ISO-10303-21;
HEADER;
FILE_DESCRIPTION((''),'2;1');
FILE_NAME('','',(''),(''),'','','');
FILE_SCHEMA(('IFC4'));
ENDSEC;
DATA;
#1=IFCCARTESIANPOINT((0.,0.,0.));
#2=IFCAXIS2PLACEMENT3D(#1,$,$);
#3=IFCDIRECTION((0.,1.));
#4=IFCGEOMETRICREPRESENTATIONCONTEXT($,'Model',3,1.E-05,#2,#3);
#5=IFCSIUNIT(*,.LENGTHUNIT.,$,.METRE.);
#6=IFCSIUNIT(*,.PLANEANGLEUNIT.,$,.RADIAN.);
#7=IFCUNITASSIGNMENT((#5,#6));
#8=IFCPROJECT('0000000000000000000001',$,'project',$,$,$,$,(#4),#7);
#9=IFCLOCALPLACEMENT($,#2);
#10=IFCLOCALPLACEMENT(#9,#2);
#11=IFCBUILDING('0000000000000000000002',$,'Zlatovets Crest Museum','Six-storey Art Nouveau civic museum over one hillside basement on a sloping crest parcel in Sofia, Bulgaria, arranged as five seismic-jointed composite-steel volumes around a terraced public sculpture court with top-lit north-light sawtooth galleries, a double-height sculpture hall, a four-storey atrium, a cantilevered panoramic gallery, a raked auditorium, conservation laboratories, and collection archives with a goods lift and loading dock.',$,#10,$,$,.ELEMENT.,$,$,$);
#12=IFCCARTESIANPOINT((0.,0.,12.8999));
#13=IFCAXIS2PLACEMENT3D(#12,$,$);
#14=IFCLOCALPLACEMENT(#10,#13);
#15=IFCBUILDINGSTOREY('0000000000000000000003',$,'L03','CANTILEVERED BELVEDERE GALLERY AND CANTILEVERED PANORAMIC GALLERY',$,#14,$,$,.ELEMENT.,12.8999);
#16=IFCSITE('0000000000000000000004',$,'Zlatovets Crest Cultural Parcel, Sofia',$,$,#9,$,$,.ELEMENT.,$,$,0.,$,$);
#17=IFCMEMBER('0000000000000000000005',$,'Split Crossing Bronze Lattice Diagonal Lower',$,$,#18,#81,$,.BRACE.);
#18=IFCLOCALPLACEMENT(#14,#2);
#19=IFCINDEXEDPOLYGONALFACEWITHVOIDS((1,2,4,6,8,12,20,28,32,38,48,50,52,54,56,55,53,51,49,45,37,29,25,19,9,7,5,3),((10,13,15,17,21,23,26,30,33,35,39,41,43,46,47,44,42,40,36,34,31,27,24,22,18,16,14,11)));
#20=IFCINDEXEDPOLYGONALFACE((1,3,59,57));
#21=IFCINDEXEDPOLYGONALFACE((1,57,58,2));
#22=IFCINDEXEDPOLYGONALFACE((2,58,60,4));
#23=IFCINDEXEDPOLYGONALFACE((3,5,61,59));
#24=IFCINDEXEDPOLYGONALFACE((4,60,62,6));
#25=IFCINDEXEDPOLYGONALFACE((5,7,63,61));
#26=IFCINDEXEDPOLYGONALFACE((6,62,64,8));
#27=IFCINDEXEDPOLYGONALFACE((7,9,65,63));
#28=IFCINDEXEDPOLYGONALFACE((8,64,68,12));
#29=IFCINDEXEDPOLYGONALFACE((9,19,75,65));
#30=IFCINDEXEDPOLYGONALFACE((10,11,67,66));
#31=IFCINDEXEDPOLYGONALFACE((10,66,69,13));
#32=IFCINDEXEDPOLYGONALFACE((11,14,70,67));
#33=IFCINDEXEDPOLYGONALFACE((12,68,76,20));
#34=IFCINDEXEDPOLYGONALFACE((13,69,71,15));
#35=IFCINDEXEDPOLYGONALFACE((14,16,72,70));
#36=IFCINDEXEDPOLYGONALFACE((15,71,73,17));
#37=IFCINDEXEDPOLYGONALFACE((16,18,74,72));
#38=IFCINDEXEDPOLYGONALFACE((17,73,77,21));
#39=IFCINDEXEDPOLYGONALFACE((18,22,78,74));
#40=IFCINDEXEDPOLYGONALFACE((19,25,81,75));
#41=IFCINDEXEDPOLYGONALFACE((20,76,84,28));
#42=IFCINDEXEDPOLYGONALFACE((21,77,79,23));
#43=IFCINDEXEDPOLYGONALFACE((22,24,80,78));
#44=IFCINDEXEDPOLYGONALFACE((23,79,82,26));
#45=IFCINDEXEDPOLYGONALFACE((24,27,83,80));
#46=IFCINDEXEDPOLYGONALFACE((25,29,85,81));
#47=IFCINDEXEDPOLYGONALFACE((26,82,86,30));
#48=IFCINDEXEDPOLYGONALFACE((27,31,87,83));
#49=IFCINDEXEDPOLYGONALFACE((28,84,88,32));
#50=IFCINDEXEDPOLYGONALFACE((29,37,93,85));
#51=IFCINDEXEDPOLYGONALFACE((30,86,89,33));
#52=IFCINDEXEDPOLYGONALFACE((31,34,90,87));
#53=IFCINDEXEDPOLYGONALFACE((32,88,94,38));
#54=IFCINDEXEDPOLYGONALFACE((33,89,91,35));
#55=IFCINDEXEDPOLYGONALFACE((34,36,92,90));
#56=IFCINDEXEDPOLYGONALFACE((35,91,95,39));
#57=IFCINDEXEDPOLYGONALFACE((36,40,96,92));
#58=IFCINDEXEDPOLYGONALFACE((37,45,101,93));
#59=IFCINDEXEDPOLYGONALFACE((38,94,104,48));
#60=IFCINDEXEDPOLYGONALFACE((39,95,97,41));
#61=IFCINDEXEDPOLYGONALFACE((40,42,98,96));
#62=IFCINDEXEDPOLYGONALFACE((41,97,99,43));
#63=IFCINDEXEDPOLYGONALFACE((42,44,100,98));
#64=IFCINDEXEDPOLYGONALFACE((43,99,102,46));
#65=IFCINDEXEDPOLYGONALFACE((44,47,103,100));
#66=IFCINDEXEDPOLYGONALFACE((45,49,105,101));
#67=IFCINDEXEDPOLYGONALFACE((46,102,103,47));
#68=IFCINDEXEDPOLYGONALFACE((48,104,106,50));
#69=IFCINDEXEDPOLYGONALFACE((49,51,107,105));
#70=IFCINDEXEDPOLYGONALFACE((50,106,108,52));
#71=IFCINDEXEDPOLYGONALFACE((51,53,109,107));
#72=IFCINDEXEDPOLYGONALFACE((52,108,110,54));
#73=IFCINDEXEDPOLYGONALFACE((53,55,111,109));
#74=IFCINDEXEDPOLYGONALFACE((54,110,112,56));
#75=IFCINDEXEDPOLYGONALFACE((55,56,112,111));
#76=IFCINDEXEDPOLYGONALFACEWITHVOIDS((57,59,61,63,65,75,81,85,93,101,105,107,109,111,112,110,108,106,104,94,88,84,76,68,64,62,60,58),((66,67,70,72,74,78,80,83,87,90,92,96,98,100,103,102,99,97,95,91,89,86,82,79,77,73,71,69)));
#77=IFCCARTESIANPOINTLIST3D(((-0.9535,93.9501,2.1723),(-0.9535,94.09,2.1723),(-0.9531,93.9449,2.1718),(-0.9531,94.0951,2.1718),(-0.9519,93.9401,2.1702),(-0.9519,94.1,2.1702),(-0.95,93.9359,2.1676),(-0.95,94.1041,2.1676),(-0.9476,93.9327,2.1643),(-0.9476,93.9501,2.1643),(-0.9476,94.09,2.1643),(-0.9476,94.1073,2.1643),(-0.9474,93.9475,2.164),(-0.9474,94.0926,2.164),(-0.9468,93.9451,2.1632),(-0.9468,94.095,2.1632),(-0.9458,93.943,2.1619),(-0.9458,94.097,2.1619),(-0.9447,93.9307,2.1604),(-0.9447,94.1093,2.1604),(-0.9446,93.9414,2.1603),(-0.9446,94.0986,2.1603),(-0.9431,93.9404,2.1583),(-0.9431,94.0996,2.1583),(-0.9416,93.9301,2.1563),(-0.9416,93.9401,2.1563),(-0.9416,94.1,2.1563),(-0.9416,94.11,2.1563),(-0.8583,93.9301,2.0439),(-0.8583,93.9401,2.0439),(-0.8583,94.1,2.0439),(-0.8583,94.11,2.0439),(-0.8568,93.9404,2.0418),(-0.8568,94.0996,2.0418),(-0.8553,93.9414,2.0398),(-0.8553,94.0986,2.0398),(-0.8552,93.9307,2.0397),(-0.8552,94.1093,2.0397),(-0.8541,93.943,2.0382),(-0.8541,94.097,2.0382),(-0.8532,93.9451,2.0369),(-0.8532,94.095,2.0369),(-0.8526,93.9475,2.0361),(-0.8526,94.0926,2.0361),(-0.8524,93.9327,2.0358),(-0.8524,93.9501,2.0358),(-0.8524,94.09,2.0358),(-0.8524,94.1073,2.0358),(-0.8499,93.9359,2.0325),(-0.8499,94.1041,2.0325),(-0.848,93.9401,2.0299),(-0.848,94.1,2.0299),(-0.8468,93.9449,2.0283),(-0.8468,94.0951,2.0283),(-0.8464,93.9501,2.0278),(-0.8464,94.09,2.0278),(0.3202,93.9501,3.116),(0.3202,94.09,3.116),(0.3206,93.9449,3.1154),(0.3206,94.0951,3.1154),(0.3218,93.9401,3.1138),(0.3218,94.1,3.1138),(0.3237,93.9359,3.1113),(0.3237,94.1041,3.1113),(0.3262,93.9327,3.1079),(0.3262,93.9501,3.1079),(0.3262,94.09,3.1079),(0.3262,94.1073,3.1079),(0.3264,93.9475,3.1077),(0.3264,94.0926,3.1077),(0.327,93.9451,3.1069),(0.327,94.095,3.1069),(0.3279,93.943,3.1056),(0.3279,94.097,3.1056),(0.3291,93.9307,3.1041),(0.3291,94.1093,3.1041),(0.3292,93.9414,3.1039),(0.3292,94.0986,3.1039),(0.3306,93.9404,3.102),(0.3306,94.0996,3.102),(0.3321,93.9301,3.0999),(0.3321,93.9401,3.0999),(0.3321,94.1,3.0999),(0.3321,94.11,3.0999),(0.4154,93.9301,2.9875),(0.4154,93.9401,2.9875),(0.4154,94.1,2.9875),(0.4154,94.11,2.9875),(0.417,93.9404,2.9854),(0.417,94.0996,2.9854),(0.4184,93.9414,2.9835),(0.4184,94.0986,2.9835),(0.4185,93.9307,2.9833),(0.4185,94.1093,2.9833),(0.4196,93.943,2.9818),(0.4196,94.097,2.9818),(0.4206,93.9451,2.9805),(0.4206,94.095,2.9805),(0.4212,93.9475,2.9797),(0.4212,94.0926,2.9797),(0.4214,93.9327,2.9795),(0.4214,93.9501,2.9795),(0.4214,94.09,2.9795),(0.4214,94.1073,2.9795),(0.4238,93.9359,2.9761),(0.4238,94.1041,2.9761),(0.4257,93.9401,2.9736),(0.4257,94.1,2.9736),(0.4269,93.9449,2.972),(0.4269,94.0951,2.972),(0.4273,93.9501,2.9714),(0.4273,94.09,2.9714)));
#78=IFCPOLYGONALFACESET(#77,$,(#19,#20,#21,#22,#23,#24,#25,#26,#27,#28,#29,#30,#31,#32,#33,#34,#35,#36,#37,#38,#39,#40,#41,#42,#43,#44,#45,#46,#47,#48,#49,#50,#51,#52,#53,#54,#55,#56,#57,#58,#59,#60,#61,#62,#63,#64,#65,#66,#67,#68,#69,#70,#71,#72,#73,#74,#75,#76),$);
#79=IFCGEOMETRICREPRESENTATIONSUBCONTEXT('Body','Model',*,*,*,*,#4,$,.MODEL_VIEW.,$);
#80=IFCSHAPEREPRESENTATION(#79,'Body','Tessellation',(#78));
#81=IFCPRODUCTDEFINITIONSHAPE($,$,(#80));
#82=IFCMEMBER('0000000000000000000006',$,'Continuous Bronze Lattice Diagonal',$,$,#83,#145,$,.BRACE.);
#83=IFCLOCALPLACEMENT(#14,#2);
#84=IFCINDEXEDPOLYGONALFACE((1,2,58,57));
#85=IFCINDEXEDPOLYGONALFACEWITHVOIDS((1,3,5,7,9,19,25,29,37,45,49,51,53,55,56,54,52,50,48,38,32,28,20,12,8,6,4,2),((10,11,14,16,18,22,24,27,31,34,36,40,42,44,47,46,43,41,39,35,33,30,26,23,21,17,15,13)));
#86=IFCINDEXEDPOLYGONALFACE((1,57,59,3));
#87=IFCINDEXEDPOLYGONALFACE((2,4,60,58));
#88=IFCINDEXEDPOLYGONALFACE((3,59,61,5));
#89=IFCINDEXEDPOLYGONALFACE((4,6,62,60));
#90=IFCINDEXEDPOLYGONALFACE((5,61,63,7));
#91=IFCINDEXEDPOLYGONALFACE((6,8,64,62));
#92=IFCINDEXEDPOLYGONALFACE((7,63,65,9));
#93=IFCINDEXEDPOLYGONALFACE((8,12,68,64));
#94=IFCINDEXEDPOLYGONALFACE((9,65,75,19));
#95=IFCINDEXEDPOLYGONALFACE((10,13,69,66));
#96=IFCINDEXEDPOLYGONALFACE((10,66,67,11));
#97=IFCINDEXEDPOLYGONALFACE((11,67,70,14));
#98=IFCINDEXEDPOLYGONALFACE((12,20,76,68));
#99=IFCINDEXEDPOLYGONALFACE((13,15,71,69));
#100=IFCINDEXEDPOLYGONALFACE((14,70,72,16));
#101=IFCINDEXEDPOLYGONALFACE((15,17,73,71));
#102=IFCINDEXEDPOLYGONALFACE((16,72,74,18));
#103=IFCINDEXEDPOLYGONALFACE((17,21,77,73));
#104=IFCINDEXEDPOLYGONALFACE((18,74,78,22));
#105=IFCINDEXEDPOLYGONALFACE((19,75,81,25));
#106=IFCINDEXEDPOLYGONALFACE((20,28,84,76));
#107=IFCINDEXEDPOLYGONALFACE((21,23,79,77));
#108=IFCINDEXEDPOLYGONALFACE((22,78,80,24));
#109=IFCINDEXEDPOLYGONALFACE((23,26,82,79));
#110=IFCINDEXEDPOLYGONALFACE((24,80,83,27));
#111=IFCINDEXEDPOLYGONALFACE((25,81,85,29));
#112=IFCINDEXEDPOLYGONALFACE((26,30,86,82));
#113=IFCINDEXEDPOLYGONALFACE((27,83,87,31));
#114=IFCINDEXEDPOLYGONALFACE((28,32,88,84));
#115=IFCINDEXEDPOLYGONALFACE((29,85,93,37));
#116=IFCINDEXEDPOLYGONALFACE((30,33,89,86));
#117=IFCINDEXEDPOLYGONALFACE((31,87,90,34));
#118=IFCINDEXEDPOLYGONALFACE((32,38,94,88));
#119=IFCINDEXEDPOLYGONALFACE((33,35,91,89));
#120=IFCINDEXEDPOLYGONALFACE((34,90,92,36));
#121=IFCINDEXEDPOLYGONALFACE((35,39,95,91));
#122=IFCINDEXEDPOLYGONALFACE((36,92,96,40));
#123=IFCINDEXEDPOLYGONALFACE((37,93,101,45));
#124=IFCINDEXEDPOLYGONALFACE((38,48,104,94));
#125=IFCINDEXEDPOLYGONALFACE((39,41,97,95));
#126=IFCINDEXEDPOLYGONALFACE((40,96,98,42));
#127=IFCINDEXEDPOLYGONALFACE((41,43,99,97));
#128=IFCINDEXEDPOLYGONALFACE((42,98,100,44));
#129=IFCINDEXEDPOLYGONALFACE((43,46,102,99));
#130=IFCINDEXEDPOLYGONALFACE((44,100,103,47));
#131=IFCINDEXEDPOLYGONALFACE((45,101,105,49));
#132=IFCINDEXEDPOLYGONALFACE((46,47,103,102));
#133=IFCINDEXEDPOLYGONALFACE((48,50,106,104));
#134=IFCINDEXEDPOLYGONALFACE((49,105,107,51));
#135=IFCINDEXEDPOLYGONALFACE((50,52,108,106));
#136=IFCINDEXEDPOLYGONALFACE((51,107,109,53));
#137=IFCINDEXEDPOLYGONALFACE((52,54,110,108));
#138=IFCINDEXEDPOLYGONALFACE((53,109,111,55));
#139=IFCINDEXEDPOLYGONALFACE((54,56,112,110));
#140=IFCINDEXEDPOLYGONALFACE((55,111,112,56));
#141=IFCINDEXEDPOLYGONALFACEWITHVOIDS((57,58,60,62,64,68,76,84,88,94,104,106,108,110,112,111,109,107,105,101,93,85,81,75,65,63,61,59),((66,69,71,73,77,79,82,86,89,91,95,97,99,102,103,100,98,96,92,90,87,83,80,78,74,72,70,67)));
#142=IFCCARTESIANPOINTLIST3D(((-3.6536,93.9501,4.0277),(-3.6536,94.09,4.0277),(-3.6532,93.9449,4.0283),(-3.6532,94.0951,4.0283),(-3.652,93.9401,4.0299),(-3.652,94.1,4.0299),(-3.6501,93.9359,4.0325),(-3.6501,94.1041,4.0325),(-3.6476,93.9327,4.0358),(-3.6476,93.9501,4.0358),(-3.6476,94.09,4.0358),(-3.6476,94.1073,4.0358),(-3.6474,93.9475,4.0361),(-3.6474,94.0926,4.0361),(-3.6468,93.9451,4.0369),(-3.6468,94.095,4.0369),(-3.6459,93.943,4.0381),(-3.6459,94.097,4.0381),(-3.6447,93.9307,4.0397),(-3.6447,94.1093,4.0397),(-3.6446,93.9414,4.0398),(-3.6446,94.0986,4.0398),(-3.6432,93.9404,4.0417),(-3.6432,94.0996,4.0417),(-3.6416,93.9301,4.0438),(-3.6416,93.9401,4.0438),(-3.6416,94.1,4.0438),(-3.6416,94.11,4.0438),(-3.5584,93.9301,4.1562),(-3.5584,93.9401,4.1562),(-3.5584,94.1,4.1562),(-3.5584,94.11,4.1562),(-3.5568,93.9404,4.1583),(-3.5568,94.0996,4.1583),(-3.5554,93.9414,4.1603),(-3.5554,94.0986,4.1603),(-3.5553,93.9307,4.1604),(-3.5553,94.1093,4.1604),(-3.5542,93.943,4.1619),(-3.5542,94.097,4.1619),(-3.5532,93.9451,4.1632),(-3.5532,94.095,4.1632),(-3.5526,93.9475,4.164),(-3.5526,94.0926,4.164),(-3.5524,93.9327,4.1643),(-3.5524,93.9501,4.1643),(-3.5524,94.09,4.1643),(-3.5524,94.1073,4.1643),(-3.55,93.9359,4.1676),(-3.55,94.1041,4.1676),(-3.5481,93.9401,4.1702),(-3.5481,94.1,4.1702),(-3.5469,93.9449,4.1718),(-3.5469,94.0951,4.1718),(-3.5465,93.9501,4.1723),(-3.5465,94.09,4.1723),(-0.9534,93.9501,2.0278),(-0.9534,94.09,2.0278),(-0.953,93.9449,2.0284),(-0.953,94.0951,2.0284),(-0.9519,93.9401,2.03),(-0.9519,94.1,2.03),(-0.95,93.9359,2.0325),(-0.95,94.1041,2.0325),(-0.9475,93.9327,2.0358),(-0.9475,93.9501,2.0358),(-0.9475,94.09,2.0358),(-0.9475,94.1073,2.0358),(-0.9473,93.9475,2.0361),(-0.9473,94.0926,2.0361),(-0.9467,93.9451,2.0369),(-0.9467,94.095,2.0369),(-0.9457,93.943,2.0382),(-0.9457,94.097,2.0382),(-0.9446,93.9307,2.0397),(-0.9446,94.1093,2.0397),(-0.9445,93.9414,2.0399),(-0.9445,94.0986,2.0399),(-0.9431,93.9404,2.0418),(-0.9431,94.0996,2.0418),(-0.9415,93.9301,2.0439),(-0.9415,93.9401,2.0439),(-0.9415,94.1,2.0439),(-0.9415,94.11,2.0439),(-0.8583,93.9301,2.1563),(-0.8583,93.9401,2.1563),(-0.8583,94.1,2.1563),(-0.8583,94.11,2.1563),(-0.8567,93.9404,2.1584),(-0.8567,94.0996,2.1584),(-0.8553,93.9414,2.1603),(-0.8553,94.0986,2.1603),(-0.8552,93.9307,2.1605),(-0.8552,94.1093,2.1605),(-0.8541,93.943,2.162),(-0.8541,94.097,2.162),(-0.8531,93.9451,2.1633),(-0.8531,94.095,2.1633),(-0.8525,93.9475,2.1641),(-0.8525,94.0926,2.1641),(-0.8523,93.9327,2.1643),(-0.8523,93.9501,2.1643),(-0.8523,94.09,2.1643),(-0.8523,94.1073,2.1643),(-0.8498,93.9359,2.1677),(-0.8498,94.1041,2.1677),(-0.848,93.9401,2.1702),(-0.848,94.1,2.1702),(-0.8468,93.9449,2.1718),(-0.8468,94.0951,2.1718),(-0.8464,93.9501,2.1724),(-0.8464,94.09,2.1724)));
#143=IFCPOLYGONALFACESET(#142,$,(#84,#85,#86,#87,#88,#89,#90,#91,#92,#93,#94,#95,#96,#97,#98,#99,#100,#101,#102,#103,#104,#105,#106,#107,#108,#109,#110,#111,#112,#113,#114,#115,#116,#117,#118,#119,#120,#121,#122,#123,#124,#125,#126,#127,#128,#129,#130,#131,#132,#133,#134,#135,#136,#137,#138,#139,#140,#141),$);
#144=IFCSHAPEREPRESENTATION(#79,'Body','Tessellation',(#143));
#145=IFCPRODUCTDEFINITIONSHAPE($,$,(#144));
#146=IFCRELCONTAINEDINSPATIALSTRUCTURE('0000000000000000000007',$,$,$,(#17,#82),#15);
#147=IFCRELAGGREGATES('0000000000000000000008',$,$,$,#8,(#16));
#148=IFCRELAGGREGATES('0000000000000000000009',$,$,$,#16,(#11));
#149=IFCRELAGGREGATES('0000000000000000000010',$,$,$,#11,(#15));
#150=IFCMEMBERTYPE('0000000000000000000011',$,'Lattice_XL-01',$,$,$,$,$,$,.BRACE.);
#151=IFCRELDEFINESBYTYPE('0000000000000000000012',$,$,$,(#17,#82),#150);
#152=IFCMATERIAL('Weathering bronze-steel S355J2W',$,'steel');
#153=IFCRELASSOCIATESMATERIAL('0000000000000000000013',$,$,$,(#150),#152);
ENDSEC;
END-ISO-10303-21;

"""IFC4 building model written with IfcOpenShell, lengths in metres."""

from ifc_helpers import new_model, si_unit, direction, frame, origin, origin_2d, place, context, subcontext, project, spatial, hollow_rectangle, extrude, material, material_profile, profile_set, type_object, element, save


model = new_model("IFC4")

# Units and contexts
model_context = context("Model", 3, precision=1e-05, world=origin(), true_north=direction((0.0, 1.0)))
body_context = subcontext(model_context, "Body", "Model", "MODEL_VIEW")
ifc_project = project(units=[si_unit("LENGTHUNIT", "METRE"), si_unit("PLANEANGLEUNIT", "RADIAN")], contexts=[model_context])

# Site, building, storey
site_placement = place(None, origin())
site = spatial("IfcSite", under=ifc_project, at=site_placement, Name="Zlatovets Crest Cultural Parcel, Sofia", CompositionType="ELEMENT", RefElevation=0.0)
building_placement = place(site_placement, origin())
building = spatial("IfcBuilding", under=site, at=building_placement, Name="Zlatovets Crest Museum", Description="Six-storey Art Nouveau civic museum over one hillside basement on a sloping crest parcel in Sofia, Bulgaria, arranged as five seismic-jointed composite-steel volumes around a terraced public sculpture court with top-lit north-light sawtooth galleries, a double-height sculpture hall, a four-storey atrium, a cantilevered panoramic gallery, a raked auditorium, conservation laboratories, and collection archives with a goods lift and loading dock.", CompositionType="ELEMENT")
storey_placement = place(building_placement, frame((0.0, 0.0, 12.8999)))
storey = spatial("IfcBuildingStorey", under=building, at=storey_placement, Name="L03", Description="CANTILEVERED BELVEDERE GALLERY AND CANTILEVERED PANORAMIC GALLERY", CompositionType="ELEMENT", Elevation=12.8999)

# Members
ifc_material_1 = material(Name="Weathering bronze-steel S355J2W", Category="steel")
ifc_material_profile_1 = material_profile(ifc_material_1, hollow_rectangle(XDim=0.1799, YDim=0.1799, WallThickness=0.01, InnerFilletRadius=0.01, OuterFilletRadius=0.02, at=origin_2d()), Name="SHS 180x180x10.0")
ifc_profile_set_1 = profile_set([ifc_material_profile_1], Name="Weathering bronze-steel S355J2W")
member_type_1 = type_object("IfcMemberType", Name="Lattice_XL-01", PredefinedType="BRACE", material=ifc_profile_set_1)
for number, where, z_axis, x_axis, name in (
    (1, (0.3738, 94.02, 3.0437), (-0.803516, 0.0, -0.595283), (0.0, -1.0, 0.0), "Split Crossing Bronze Lattice Diagonal Lower"),
):
    element("IfcMember", number, at=place(storey_placement, frame(where, z_axis=z_axis, x_axis=x_axis)), inside=storey, type_object=member_type_1, Name=name, PredefinedType="BRACE", context=body_context, shape_type="SweptSolid", body=[
        extrude(hollow_rectangle(XDim=0.1799, YDim=0.1799, WallThickness=0.01, InnerFilletRadius=0.01, OuterFilletRadius=0.02, at=origin_2d()), origin(), (0.0, 0.0, 1.0), 1.5852),
    ])
member_1_placement = place(storey_placement, frame((-0.8999, 94.02, 2.1001), z_axis=(-0.803578, 0.0, 0.5952), x_axis=(0.0, -1.0, 0.0)))
element("IfcMember", 2, at=member_1_placement, inside=storey, type_object=member_type_1, Name="Continuous Bronze Lattice Diagonal", PredefinedType="BRACE", context=body_context, shape_type="SweptSolid", body=[
    extrude(hollow_rectangle(XDim=0.1799, YDim=0.1799, WallThickness=0.01, InnerFilletRadius=0.01, OuterFilletRadius=0.02, at=origin_2d()), origin(), (0.0, 0.0, 1.0), 3.3601),
])

save(model, "model.ifc")
